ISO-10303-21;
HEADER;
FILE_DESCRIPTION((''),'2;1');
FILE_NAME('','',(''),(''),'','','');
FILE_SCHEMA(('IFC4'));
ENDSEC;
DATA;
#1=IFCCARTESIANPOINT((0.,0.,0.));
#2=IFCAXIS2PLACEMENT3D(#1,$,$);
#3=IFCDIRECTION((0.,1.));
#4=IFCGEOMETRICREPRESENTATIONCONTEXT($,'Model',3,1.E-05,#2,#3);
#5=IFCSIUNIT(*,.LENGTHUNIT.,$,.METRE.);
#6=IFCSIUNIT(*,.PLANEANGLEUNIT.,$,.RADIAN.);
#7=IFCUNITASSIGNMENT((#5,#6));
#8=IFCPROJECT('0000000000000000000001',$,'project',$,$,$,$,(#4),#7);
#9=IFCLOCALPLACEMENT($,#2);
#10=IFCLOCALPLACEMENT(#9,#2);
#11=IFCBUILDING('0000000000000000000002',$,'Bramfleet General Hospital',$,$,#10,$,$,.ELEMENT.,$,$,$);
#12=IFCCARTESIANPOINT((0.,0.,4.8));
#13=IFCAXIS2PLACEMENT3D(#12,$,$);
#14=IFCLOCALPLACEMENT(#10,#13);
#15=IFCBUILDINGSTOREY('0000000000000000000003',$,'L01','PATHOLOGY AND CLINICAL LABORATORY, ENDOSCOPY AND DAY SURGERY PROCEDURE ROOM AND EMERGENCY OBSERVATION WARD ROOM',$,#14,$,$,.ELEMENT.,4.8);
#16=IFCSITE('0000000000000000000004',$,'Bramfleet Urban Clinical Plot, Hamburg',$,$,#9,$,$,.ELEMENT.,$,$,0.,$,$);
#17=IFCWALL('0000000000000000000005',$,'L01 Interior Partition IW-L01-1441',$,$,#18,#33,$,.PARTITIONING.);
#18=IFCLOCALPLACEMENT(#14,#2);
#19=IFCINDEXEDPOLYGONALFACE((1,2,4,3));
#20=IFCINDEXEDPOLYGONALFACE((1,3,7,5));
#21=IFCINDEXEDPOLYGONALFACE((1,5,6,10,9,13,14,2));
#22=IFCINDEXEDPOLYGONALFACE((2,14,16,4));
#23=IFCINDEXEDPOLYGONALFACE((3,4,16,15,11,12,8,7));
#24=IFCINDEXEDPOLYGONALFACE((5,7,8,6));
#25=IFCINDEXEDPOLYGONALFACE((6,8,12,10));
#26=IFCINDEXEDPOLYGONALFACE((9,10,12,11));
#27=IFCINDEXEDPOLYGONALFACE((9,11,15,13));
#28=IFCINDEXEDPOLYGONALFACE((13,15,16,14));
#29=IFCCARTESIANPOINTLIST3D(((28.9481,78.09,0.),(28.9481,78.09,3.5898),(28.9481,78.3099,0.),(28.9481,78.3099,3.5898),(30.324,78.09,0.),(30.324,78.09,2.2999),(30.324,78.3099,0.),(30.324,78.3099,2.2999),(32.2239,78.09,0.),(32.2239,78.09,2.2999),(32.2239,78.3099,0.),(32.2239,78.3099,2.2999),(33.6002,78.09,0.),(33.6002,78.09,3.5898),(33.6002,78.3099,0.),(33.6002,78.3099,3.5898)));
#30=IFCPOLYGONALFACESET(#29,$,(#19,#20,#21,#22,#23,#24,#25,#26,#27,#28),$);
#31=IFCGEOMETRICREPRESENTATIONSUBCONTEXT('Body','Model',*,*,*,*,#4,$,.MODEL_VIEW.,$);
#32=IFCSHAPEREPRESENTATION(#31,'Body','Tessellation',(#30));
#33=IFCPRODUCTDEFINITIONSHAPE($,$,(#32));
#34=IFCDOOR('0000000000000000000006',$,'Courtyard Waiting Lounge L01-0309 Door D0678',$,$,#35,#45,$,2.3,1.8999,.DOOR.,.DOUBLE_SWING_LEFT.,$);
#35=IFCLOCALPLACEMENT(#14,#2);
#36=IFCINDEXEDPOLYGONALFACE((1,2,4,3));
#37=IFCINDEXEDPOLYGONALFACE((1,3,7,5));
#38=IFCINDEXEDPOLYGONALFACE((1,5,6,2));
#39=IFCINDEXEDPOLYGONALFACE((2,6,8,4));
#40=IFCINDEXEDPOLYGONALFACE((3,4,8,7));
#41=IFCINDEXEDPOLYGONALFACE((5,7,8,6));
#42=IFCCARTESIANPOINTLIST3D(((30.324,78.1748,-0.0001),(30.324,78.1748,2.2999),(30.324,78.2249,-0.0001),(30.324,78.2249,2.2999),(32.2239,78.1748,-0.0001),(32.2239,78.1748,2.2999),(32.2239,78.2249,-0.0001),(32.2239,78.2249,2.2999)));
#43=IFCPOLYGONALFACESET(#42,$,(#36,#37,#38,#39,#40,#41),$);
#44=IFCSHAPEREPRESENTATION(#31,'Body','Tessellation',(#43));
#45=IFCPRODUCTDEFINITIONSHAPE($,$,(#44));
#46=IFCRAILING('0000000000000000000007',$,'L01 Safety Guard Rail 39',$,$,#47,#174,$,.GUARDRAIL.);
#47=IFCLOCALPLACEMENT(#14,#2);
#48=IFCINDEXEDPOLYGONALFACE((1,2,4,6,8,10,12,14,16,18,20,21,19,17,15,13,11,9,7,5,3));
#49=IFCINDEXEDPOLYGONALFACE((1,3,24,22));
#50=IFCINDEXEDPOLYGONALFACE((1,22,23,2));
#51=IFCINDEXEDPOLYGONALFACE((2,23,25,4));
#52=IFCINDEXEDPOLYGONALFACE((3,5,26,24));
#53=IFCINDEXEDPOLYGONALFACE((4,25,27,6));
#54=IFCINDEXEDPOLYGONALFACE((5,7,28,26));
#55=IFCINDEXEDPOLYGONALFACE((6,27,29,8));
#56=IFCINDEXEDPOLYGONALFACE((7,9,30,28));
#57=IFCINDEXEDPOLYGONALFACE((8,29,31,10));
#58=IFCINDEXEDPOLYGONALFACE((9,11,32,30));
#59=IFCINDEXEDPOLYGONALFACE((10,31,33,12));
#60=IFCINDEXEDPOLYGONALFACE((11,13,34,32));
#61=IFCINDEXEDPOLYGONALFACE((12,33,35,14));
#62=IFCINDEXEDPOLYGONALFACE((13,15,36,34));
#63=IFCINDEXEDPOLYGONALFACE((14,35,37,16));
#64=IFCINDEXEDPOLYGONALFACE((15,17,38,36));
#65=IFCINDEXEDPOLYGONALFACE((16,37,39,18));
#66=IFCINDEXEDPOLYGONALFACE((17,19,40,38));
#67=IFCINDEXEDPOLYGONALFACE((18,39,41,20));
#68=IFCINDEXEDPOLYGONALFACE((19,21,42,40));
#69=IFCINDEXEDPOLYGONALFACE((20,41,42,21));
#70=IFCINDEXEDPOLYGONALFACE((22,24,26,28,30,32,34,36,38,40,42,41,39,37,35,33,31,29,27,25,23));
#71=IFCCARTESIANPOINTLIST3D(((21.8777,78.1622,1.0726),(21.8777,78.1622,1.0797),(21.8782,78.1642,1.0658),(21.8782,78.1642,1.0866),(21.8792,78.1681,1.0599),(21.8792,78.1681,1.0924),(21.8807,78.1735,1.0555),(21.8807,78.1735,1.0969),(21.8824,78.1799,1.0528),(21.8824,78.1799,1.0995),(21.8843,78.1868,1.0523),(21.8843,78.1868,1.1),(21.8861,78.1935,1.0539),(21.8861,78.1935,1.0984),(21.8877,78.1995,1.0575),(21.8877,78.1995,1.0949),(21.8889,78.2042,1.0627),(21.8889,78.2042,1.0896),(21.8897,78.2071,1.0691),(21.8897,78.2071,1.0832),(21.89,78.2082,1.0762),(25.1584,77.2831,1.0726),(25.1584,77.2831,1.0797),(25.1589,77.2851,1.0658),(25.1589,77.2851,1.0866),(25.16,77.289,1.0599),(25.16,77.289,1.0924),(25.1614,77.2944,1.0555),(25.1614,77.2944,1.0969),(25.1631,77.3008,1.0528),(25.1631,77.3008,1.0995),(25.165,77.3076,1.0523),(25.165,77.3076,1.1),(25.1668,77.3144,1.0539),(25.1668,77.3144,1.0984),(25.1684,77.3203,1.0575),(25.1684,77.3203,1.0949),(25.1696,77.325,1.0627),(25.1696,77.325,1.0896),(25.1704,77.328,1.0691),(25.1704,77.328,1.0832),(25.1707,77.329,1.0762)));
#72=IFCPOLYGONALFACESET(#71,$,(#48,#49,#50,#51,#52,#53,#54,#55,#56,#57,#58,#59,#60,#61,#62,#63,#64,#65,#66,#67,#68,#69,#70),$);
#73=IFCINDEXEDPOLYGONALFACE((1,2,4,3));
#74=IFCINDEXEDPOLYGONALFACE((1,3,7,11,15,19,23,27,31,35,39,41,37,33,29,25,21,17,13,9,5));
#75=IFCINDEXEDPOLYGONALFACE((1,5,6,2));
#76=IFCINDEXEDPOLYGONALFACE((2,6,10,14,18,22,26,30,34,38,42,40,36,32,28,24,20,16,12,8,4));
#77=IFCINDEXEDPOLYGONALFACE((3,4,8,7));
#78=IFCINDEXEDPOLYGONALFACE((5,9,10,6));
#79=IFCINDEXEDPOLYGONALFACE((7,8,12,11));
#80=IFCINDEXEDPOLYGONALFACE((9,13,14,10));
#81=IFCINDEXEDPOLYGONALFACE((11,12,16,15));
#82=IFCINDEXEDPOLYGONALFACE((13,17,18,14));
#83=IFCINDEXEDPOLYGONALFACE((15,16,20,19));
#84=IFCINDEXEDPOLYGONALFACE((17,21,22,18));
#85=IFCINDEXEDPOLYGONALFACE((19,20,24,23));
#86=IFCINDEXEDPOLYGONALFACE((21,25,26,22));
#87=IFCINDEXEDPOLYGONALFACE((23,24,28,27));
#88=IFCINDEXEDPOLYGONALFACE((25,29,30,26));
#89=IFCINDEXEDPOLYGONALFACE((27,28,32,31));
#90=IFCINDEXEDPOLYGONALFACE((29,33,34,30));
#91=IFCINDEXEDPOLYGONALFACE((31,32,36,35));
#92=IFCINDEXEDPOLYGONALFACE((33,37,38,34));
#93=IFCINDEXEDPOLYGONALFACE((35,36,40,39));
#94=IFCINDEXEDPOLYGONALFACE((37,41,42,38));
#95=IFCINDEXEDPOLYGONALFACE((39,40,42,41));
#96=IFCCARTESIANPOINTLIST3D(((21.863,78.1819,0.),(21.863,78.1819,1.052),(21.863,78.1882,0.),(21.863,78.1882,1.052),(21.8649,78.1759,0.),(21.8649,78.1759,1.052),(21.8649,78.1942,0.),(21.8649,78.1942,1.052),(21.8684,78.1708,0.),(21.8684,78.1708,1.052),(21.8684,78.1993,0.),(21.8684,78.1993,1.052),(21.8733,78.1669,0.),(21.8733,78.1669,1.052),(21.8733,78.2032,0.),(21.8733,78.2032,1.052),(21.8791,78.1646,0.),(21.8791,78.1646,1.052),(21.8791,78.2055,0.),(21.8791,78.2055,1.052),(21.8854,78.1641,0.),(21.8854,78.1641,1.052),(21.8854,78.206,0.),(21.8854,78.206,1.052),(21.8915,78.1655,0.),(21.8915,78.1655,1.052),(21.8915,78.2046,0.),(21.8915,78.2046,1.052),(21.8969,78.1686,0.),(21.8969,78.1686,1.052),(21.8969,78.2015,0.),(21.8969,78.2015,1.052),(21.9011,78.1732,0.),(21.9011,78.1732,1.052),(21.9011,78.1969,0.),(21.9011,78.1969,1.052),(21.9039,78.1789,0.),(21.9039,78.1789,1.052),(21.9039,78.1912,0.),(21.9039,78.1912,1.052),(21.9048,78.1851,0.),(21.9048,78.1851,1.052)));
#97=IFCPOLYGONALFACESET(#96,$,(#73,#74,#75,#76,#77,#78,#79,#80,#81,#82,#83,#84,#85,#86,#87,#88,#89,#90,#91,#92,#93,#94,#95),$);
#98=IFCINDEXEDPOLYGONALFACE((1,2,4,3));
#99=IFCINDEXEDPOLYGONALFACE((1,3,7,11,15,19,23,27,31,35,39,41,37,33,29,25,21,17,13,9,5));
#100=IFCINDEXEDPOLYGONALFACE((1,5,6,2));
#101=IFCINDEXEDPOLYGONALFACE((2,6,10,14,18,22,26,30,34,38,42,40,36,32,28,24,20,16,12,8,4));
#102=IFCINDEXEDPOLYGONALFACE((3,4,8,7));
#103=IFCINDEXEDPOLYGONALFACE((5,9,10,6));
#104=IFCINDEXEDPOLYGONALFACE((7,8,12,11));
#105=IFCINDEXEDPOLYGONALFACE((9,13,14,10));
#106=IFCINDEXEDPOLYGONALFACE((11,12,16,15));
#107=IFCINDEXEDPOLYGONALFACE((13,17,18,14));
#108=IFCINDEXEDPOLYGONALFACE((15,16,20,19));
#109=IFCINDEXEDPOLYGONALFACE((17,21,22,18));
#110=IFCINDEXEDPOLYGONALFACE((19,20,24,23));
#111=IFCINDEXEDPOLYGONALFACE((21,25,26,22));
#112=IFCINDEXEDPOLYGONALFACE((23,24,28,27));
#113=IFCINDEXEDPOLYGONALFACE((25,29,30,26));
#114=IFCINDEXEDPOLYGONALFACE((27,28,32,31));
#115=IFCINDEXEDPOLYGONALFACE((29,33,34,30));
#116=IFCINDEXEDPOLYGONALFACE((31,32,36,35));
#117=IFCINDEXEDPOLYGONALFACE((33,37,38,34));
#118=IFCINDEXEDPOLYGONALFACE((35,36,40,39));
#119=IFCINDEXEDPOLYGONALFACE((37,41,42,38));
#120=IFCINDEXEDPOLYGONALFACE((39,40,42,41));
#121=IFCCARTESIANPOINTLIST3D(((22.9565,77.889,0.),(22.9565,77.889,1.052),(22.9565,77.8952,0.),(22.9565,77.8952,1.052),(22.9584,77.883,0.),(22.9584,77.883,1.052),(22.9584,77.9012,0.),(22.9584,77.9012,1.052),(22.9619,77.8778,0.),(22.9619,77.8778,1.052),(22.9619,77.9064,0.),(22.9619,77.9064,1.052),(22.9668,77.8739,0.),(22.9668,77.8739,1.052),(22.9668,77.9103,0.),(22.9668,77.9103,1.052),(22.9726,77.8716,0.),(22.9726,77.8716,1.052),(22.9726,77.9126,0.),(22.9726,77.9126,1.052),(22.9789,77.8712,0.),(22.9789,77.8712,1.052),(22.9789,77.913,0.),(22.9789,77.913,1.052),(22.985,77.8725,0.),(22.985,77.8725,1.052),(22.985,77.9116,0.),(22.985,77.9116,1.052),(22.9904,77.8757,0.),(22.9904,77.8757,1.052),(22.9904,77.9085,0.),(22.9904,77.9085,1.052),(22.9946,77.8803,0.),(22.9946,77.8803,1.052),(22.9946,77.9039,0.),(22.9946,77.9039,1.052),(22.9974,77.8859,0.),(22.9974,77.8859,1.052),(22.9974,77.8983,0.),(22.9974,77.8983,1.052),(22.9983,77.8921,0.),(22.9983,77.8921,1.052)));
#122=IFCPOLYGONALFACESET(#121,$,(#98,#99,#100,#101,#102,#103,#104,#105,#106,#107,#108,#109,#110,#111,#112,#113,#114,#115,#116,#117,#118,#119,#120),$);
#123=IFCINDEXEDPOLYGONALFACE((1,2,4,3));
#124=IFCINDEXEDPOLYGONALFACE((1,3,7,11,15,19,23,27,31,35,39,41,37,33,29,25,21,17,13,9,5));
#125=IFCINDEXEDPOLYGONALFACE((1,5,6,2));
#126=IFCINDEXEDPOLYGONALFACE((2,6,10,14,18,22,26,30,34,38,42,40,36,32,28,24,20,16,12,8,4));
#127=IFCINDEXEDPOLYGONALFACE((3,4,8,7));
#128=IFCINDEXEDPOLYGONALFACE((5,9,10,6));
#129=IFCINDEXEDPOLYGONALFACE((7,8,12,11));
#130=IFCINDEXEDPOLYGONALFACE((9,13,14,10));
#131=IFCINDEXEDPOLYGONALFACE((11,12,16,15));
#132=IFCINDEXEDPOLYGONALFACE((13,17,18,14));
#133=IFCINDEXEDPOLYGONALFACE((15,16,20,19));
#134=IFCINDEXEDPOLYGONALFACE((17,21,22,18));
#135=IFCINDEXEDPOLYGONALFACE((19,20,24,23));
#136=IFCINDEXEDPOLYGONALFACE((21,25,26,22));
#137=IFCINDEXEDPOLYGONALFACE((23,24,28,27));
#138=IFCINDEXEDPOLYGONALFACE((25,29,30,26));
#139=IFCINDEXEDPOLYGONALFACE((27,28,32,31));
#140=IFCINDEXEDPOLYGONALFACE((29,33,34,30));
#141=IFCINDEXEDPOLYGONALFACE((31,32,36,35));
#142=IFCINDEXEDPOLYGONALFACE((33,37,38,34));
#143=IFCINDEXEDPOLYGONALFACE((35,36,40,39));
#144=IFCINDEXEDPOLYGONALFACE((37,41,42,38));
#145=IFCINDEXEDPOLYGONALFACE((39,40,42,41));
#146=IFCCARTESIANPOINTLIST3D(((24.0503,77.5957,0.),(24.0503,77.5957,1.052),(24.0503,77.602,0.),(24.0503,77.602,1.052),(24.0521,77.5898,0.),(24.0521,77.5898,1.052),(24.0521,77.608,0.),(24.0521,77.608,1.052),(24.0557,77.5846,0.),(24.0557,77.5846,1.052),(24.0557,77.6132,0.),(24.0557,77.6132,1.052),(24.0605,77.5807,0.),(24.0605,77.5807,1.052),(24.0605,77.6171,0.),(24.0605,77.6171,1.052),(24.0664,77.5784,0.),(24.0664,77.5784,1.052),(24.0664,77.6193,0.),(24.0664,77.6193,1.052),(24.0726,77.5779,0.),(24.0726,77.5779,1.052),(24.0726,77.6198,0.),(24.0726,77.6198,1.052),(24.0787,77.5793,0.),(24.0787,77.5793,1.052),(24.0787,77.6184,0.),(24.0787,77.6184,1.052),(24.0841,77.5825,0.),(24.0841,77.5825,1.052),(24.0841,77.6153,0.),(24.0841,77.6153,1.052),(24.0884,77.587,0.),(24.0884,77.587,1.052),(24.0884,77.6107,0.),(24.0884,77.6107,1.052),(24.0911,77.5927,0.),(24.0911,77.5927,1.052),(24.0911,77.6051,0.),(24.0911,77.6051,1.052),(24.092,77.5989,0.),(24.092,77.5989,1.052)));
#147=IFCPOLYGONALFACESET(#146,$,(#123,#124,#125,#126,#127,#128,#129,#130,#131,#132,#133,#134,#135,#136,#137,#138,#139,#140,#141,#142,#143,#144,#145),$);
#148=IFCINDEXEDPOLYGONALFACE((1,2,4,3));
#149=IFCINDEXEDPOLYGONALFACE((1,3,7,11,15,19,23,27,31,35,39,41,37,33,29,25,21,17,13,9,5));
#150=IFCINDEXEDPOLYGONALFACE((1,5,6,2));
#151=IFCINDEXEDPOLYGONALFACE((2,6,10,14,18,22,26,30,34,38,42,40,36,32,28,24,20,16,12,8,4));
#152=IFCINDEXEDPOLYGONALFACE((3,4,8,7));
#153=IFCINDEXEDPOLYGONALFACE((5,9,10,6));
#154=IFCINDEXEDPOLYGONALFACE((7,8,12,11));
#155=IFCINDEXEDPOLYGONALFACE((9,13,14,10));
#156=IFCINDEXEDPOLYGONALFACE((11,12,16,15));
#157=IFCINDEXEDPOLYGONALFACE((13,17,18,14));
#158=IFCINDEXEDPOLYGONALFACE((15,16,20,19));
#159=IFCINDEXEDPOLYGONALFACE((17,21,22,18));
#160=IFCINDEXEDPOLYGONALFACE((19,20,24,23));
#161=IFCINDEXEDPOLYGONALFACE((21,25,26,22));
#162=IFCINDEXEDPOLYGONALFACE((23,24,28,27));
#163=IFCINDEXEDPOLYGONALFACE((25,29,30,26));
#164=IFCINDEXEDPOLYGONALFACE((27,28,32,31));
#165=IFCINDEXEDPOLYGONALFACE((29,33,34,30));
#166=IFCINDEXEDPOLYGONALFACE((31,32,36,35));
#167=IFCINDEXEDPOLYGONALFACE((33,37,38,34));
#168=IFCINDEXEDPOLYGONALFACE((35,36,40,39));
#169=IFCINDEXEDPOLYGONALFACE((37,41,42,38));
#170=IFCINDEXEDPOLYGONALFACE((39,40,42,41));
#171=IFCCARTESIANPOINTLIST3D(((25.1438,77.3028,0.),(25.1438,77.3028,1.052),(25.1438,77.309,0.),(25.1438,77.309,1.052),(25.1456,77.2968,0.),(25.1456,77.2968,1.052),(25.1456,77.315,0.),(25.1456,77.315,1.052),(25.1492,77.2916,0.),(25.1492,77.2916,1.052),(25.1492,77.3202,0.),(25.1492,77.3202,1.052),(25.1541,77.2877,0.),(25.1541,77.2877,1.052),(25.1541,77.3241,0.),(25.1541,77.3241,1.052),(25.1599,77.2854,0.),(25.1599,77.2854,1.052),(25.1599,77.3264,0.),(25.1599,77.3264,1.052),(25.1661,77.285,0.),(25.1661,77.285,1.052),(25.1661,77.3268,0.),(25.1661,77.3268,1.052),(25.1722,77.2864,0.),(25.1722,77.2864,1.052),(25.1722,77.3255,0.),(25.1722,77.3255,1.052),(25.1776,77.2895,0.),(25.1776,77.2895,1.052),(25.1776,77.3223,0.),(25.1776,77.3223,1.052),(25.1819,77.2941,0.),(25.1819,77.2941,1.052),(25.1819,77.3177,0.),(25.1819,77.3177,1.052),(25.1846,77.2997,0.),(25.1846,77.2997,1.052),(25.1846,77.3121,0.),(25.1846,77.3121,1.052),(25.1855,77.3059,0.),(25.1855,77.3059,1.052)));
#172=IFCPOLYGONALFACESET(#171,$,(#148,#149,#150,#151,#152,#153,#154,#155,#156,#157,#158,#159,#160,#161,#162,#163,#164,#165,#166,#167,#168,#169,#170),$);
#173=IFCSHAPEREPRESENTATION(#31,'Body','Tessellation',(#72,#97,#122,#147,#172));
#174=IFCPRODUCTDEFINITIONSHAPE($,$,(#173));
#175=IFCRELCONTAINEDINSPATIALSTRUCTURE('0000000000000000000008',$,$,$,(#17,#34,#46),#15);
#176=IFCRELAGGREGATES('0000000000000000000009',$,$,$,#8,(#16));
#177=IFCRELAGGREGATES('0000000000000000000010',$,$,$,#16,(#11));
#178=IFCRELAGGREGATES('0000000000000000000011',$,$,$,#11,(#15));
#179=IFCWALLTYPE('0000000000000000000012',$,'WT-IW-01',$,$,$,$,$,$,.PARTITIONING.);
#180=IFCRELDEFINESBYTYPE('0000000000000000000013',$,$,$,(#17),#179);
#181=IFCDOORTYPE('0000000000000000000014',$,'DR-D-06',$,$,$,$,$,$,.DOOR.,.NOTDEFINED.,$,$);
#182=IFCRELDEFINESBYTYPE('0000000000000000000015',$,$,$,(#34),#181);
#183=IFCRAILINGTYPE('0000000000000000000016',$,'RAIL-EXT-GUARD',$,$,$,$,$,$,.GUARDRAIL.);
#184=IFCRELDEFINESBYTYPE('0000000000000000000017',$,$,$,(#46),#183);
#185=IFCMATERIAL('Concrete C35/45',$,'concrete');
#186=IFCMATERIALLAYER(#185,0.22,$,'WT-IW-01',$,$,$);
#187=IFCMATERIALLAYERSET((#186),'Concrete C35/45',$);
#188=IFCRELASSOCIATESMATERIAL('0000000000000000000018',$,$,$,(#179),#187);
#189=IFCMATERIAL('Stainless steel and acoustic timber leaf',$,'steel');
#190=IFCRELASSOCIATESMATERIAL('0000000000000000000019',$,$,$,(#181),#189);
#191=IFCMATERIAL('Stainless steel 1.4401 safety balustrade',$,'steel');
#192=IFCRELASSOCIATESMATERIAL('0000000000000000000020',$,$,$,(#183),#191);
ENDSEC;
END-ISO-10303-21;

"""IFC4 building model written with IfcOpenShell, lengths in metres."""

from ifc_helpers import new_model, si_unit, direction, frame, frame_2d, origin, origin_2d, place, context, subcontext, project, spatial, rectangle, circle, extrude, material, layer, layer_set, type_object, element, fill, save


model = new_model("IFC4")

# Units and contexts
model_context = context("Model", 3, precision=1e-05, world=origin(), true_north=direction((0.0, 1.0)))
body_context = subcontext(model_context, "Body", "Model", "MODEL_VIEW")
ifc_project = project(units=[si_unit("LENGTHUNIT", "METRE"), si_unit("PLANEANGLEUNIT", "RADIAN")], contexts=[model_context])

# Site, building, storey
site_placement = place(None, origin())
site = spatial("IfcSite", under=ifc_project, at=site_placement, Name="Bramfleet Urban Clinical Plot, Hamburg", CompositionType="ELEMENT", RefElevation=0.0)
building_placement = place(site_placement, origin())
building = spatial("IfcBuilding", under=site, at=building_placement, Name="Bramfleet General Hospital", CompositionType="ELEMENT")
storey_placement = place(building_placement, frame((0.0, 0.0, 4.8)))
storey = spatial("IfcBuildingStorey", under=building, at=storey_placement, Name="L01", Description="PATHOLOGY AND CLINICAL LABORATORY, ENDOSCOPY AND DAY SURGERY PROCEDURE ROOM AND EMERGENCY OBSERVATION WARD ROOM", CompositionType="ELEMENT", Elevation=4.8)

# Wall, opening, door
ifc_material_1 = material(Name="Concrete C35/45", Category="concrete")
ifc_layer_1 = layer(ifc_material_1, 0.22, Name="WT-IW-01")
ifc_layer_set_1 = layer_set([ifc_layer_1], Name="Concrete C35/45")
wall_type = type_object("IfcWallType", Name="WT-IW-01", PredefinedType="PARTITIONING", material=ifc_layer_set_1)
wall_placement = place(storey_placement, frame((28.948, 78.2, 0.0), z_axis=(0.0, 0.0, 1.0), x_axis=(1.0, 0.0, 0.0)))
wall = element("IfcWall", 1, at=wall_placement, inside=storey, type_object=wall_type, Name="L01 Interior Partition IW-L01-1441", PredefinedType="PARTITIONING", context=body_context, shape_type="SweptSolid", body=[
    extrude(rectangle(XDim=4.6521, YDim=0.22, at=frame_2d((2.3262, 0.0))), origin(), (0.0, 0.0, 1.0), 3.5898),
])
opening_placement = place(wall_placement, frame((1.376, 0.0, 0.0)))
opening = element("IfcOpeningElement", 2, at=opening_placement, cuts=wall, PredefinedType="OPENING", context=body_context, shape_type="SweptSolid", body=[
    extrude(rectangle(XDim=1.8999, YDim=2.3, at=frame_2d((0.95, 1.1499))), frame((0.0, 0.1199, 0.0), z_axis=(0.0, -1.0, 0.0), x_axis=(1.0, 0.0, 0.0)), (0.0, 0.0, 1.0), 0.24),
])
ifc_material_2 = material(Name="Stainless steel and acoustic timber leaf", Category="steel")
door_type = type_object("IfcDoorType", Name="DR-D-06", OperationType="NOTDEFINED", PredefinedType="DOOR", material=ifc_material_2)
door_placement = place(opening_placement, origin())
door = element("IfcDoor", 3, at=door_placement, inside=storey, type_object=door_type, Name="Courtyard Waiting Lounge L01-0309 Door D0678", OperationType="DOUBLE_SWING_LEFT", OverallHeight=2.3, OverallWidth=1.8999, PredefinedType="DOOR", context=body_context, shape_type="SweptSolid", body=[
    extrude(rectangle(XDim=1.8999, YDim=2.3, at=frame_2d((0.95, 1.1499))), frame((0.0, 0.0249, 0.0), z_axis=(0.0, -1.0, 0.0), x_axis=(1.0, 0.0, 0.0)), (0.0, 0.0, 1.0), 0.05),
])
fill(opening, door)

# Railing
ifc_material_3 = material(Name="Stainless steel 1.4401 safety balustrade", Category="steel")
railing_type = type_object("IfcRailingType", Name="RAIL-EXT-GUARD", PredefinedType="GUARDRAIL", material=ifc_material_3)
railing_1_placement = place(storey_placement, frame((21.8838, 78.1851, 0.0)))
element("IfcRailing", 4, at=railing_1_placement, inside=storey, type_object=railing_type, Name="L01 Safety Guard Rail 39", PredefinedType="GUARDRAIL", context=body_context, shape_type="SweptSolid", body=[
    extrude(circle(Radius=0.0239, at=origin_2d()), frame((0.0, 0.0, 1.0762), z_axis=(0.96592, -0.258839, 0.0), x_axis=(0.258839, 0.96592, 0.0)), (0.0, 0.0, 1.0), 3.3965),
    extrude(circle(Radius=0.021, at=origin_2d()), origin(), (0.0, 0.0, 1.0), 1.052),
    extrude(circle(Radius=0.021, at=origin_2d()), frame((1.0935, -0.293, 0.0)), (0.0, 0.0, 1.0), 1.052),
    extrude(circle(Radius=0.021, at=origin_2d()), frame((2.1873, -0.5862, 0.0)), (0.0, 0.0, 1.0), 1.052),
    extrude(circle(Radius=0.021, at=origin_2d()), frame((3.2808, -0.8792, 0.0)), (0.0, 0.0, 1.0), 1.052),
])

save(model, "model.ifc")
